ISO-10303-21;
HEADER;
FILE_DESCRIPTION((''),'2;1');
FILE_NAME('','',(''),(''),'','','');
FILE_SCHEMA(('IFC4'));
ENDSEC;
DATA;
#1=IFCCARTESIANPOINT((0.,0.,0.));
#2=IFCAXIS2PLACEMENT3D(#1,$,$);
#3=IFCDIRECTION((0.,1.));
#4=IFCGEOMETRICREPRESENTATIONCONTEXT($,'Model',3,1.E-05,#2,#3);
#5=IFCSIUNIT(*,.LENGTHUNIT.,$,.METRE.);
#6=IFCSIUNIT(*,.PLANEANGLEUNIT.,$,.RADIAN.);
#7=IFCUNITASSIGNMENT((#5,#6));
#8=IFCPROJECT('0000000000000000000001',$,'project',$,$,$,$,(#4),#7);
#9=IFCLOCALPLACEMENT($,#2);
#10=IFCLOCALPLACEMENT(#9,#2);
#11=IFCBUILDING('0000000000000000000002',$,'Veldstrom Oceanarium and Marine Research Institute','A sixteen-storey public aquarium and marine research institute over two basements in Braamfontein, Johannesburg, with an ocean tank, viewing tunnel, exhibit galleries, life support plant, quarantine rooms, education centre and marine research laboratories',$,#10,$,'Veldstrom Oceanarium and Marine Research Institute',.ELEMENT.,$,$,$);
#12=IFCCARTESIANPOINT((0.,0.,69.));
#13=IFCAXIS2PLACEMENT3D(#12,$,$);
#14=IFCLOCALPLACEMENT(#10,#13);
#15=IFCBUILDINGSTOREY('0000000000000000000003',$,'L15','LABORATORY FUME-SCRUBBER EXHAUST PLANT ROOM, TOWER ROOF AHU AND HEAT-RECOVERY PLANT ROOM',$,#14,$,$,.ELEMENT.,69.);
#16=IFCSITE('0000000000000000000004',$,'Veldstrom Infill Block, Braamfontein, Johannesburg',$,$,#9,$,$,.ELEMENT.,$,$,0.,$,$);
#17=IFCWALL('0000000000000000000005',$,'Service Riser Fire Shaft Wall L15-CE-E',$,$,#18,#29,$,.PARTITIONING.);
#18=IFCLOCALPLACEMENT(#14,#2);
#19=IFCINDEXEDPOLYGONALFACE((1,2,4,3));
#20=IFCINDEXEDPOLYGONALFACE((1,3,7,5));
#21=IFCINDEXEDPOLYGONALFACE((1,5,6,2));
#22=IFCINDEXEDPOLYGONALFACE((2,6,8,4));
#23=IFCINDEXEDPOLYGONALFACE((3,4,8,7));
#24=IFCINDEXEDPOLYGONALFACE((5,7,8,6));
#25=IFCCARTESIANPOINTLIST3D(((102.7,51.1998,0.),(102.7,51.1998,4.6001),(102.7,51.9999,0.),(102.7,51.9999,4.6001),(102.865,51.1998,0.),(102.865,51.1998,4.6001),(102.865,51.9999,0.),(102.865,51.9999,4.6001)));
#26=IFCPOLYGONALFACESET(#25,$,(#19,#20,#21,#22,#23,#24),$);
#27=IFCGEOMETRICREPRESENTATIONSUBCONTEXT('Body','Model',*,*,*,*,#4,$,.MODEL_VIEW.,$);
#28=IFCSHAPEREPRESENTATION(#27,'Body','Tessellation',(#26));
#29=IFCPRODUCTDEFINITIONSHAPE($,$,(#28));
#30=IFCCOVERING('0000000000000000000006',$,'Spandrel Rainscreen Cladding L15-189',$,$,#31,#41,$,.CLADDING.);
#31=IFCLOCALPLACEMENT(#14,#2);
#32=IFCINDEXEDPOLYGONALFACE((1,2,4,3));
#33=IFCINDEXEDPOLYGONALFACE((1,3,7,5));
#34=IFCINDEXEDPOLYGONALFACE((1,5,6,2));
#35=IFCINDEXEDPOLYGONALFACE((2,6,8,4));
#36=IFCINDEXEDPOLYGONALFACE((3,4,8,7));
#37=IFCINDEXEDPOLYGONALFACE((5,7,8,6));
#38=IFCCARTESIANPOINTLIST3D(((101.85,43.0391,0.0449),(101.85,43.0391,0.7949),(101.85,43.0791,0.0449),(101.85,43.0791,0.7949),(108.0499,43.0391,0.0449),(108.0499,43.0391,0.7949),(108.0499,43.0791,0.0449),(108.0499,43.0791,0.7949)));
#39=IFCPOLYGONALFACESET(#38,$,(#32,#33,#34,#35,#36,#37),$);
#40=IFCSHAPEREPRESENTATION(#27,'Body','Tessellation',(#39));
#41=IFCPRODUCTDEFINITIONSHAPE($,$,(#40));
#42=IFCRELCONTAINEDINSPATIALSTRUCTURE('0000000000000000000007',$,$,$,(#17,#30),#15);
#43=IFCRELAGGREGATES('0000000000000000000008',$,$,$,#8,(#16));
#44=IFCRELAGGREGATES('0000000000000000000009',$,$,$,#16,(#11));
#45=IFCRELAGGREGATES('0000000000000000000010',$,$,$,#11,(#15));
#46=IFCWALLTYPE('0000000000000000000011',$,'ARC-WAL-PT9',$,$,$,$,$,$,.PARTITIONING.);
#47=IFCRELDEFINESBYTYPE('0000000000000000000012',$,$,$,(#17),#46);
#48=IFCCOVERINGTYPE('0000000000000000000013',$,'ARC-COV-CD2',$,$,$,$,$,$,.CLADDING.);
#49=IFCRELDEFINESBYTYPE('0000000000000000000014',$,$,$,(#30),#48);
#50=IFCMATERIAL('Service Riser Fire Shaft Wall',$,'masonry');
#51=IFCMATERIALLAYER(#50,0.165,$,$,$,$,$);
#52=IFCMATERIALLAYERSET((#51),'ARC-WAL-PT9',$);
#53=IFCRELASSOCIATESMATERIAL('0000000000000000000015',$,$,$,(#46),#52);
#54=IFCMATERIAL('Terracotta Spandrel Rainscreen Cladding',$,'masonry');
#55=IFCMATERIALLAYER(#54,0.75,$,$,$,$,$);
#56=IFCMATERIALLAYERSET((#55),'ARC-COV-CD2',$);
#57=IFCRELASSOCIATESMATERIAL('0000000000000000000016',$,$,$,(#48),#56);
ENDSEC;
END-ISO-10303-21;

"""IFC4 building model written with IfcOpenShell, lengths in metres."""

from ifc_helpers import new_model, si_unit, direction, frame, frame_2d, origin, origin_2d, place, context, subcontext, project, spatial, rectangle, extrude, material, layer, layer_set, type_object, element, save


model = new_model("IFC4")

# Units and contexts
model_context = context("Model", 3, precision=1e-05, world=origin(), true_north=direction((0.0, 1.0)))
body_context = subcontext(model_context, "Body", "Model", "MODEL_VIEW")
ifc_project = project(units=[si_unit("LENGTHUNIT", "METRE"), si_unit("PLANEANGLEUNIT", "RADIAN")], contexts=[model_context])

# Site, building, storey
site_placement = place(None, origin())
site = spatial("IfcSite", under=ifc_project, at=site_placement, Name="Veldstrom Infill Block, Braamfontein, Johannesburg", CompositionType="ELEMENT", RefElevation=0.0)
building_placement = place(site_placement, origin())
building = spatial("IfcBuilding", under=site, at=building_placement, Name="Veldstrom Oceanarium and Marine Research Institute", Description="A sixteen-storey public aquarium and marine research institute over two basements in Braamfontein, Johannesburg, with an ocean tank, viewing tunnel, exhibit galleries, life support plant, quarantine rooms, education centre and marine research laboratories", LongName="Veldstrom Oceanarium and Marine Research Institute", CompositionType="ELEMENT")
storey_placement = place(building_placement, frame((0.0, 0.0, 69.0)))
storey = spatial("IfcBuildingStorey", under=building, at=storey_placement, Name="L15", Description="LABORATORY FUME-SCRUBBER EXHAUST PLANT ROOM, TOWER ROOF AHU AND HEAT-RECOVERY PLANT ROOM", CompositionType="ELEMENT", Elevation=69.0)

# Wall
ifc_material_1 = material(Name="Service Riser Fire Shaft Wall", Category="masonry")
ifc_layer_1 = layer(ifc_material_1, 0.165)
ifc_layer_set_1 = layer_set([ifc_layer_1], Name="ARC-WAL-PT9")
wall_type_1 = type_object("IfcWallType", Name="ARC-WAL-PT9", PredefinedType="PARTITIONING", material=ifc_layer_set_1)
for number, where, z_axis, x_axis, name in (
    (1, (102.7825, 51.2, 0.0), (0.0, 0.0, 1.0), (0.0, 1.0, 0.0), "Service Riser Fire Shaft Wall L15-CE-E"),
):
    element("IfcWall", number, at=place(storey_placement, frame(where, z_axis=z_axis, x_axis=x_axis)), inside=storey, type_object=wall_type_1, Name=name, PredefinedType="PARTITIONING", context=body_context, shape_type="SweptSolid", body=[
        extrude(rectangle(XDim=0.8, YDim=0.165, at=frame_2d((0.3999, 0.0))), origin(), (0.0, 0.0, 1.0), 4.6001),
    ])

# Covering
ifc_material_2 = material(Name="Terracotta Spandrel Rainscreen Cladding", Category="masonry")
ifc_layer_2 = layer(ifc_material_2, 0.75)
ifc_layer_set_2 = layer_set([ifc_layer_2], Name="ARC-COV-CD2")
covering_type = type_object("IfcCoveringType", Name="ARC-COV-CD2", PredefinedType="CLADDING", material=ifc_layer_set_2)
covering_placement = place(storey_placement, frame((104.95, 43.0591, 0.0449), z_axis=(0.0, 0.0, 1.0), x_axis=(1.0, 0.0, 0.0)))
element("IfcCovering", 2, at=covering_placement, inside=storey, type_object=covering_type, Name="Spandrel Rainscreen Cladding L15-189", PredefinedType="CLADDING", context=body_context, shape_type="SweptSolid", body=[
    extrude(rectangle(XDim=6.2, YDim=0.04, at=origin_2d()), origin(), (0.0, 0.0, 1.0), 0.75),
])

save(model, "model.ifc")
